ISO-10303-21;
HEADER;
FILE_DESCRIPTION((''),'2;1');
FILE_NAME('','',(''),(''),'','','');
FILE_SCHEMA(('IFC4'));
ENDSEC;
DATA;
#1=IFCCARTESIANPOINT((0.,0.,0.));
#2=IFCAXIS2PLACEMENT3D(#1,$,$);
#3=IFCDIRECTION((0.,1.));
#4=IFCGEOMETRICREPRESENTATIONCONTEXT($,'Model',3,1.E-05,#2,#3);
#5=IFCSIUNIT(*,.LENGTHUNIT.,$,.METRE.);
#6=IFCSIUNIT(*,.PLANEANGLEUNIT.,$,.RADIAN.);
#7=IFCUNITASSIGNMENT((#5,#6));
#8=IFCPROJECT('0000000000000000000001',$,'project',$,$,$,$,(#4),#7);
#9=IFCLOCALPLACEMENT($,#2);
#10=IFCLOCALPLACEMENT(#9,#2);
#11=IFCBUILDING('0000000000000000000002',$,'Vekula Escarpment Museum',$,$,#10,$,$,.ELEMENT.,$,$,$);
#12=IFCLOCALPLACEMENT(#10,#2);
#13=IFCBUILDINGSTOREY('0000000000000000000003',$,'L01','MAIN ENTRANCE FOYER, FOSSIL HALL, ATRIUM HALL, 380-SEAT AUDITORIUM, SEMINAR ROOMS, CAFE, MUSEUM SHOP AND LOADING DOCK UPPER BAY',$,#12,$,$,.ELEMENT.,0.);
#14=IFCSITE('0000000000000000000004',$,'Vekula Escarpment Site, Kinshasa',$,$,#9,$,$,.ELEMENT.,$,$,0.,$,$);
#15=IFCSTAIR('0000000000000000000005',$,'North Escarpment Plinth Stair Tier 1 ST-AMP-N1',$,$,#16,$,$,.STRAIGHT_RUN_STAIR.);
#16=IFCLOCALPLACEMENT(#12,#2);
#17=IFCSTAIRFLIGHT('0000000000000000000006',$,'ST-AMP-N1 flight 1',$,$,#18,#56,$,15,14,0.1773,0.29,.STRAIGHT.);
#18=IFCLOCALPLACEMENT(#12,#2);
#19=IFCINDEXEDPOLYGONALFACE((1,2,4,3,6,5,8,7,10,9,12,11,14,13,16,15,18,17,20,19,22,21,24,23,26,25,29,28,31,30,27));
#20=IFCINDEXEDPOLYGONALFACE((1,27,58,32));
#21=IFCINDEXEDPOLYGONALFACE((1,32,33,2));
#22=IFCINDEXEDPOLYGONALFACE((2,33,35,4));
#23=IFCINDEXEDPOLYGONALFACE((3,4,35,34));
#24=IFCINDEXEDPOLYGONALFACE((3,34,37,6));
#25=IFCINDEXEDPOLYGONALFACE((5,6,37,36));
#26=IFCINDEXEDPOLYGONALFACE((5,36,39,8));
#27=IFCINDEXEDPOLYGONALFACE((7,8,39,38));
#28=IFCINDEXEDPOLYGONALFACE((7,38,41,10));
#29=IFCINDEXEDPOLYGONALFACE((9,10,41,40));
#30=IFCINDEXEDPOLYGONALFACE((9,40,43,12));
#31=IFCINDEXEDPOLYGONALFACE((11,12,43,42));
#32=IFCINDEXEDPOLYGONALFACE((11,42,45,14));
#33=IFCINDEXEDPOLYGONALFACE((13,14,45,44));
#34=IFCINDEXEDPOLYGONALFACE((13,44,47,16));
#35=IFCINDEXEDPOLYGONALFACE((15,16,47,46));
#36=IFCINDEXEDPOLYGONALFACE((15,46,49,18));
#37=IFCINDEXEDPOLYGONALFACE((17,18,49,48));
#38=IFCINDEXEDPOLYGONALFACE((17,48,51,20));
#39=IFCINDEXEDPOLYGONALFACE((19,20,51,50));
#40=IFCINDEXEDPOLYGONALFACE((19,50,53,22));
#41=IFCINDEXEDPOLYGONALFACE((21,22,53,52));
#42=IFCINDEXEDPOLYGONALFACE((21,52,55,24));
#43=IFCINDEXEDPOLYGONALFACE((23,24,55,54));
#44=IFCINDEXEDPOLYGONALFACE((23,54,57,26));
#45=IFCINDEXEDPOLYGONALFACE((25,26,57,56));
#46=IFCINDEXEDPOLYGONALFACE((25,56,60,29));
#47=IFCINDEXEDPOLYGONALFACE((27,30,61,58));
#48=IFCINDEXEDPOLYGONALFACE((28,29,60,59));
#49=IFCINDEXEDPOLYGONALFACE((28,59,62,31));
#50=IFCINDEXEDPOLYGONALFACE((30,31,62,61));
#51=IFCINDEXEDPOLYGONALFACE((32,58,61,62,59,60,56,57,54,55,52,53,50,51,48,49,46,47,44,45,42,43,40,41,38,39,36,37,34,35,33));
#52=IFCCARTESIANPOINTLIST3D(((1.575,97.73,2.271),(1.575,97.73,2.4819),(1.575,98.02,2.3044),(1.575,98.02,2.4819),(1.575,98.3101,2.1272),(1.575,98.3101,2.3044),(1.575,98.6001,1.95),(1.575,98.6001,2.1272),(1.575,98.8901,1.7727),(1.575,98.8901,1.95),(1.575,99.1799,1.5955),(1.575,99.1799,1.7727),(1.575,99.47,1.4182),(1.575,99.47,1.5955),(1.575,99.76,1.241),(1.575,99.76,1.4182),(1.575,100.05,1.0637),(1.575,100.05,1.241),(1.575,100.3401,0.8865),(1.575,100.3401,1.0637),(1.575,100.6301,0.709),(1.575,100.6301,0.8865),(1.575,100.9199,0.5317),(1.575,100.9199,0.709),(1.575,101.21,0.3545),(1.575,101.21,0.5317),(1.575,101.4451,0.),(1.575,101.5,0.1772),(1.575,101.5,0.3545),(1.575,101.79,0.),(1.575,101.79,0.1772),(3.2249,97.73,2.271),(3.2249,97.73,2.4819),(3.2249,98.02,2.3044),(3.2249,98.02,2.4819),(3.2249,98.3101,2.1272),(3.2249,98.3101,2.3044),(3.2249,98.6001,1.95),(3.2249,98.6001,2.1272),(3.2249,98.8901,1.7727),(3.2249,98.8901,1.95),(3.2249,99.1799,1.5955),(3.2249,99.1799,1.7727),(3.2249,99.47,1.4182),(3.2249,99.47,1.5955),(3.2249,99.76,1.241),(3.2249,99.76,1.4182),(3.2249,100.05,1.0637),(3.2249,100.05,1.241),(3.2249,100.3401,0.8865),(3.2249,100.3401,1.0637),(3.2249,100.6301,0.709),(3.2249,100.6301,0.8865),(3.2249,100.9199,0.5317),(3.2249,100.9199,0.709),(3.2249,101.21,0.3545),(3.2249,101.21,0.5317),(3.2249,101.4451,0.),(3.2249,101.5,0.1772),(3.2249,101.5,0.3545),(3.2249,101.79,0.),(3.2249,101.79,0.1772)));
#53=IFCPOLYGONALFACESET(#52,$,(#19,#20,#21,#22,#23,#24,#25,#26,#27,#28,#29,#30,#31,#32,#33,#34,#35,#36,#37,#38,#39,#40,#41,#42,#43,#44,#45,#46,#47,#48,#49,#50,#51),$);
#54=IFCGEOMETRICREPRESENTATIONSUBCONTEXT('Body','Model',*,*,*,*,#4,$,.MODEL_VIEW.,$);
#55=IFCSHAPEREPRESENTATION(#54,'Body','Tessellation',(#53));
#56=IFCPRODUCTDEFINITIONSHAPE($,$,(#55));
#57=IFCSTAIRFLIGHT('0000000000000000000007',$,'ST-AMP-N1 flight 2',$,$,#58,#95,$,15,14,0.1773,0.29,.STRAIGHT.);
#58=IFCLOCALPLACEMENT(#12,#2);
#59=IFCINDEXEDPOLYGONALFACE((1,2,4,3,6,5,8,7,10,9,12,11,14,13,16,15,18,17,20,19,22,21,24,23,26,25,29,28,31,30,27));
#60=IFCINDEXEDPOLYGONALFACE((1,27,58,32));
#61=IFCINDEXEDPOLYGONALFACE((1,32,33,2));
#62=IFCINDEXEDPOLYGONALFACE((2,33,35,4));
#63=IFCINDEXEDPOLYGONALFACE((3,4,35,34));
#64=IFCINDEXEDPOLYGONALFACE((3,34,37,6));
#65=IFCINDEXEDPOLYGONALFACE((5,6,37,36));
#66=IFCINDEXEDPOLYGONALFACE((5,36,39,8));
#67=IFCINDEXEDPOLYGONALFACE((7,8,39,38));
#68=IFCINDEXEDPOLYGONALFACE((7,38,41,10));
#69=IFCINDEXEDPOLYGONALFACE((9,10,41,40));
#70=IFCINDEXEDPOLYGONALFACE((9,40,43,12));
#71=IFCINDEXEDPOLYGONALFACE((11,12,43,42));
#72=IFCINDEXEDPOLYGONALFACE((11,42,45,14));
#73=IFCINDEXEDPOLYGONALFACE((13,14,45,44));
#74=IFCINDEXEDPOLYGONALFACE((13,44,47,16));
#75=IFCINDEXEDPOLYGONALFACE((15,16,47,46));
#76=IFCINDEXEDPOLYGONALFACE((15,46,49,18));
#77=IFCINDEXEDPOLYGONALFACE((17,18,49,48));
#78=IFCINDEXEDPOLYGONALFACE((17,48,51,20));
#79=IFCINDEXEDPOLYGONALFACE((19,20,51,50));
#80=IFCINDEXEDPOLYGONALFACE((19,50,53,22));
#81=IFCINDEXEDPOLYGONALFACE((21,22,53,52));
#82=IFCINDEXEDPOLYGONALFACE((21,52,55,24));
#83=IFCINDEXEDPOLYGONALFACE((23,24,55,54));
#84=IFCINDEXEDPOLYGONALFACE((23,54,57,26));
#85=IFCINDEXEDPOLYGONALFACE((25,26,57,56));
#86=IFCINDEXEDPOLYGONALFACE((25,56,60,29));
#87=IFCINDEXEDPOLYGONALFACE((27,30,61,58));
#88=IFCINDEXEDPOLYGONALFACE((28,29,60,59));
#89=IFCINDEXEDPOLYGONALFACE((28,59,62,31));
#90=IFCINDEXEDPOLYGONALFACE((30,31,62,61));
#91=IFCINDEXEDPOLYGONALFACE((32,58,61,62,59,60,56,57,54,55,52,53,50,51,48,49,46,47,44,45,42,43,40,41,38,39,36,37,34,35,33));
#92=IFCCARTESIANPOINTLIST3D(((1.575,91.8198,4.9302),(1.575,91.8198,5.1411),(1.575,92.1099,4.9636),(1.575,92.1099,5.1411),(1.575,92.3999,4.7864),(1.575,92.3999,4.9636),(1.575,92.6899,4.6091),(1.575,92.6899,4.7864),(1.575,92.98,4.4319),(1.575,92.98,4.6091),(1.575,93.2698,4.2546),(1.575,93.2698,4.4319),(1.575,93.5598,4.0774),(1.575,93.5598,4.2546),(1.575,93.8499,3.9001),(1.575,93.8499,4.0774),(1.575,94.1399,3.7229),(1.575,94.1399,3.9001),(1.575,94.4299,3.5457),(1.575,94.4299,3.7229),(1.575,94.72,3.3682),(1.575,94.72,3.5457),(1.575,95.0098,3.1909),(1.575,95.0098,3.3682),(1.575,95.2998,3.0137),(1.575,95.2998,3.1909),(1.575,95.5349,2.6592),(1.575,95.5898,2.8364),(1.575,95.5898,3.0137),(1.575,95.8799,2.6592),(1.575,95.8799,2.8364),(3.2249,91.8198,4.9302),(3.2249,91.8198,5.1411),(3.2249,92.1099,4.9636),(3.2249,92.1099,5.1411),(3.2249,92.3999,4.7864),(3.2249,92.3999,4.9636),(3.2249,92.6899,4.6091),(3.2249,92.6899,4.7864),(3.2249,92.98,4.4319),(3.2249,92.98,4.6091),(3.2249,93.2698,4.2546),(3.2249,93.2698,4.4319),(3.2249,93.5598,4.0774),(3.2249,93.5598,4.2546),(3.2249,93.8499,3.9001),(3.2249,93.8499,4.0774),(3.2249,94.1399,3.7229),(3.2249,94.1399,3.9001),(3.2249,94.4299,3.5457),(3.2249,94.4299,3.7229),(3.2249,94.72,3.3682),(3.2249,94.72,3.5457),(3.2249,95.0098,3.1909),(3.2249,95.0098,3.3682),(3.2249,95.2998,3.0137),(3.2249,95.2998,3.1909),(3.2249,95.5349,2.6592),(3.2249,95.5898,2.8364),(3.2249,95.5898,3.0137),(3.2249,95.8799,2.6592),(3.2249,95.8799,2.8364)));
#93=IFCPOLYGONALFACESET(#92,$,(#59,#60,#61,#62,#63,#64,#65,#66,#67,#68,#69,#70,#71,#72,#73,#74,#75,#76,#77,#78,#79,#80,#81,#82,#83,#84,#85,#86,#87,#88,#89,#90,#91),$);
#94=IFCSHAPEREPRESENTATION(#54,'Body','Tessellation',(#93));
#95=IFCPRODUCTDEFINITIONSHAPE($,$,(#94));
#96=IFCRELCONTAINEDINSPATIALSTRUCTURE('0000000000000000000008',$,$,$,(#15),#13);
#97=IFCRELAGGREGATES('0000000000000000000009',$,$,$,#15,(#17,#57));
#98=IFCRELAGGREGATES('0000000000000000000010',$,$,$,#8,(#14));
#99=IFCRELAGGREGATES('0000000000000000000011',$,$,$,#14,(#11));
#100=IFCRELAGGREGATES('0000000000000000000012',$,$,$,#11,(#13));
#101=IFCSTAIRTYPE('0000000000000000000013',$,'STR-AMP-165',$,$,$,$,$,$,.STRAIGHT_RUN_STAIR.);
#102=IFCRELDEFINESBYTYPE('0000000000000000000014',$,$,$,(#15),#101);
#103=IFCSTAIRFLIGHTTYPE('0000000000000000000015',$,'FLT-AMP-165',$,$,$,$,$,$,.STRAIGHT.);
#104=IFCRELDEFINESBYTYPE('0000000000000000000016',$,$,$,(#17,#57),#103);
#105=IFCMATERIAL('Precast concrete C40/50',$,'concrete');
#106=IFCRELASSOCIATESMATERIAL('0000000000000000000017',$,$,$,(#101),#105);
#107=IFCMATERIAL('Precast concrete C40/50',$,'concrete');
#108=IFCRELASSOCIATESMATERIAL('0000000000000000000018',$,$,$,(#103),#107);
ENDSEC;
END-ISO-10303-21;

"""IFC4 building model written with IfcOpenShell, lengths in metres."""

from ifc_helpers import new_model, si_unit, direction, frame, origin, place, context, subcontext, project, spatial, polyline, outline, extrude, material, type_object, element, aggregate, save


model = new_model("IFC4")

# Units and contexts
model_context = context("Model", 3, precision=1e-05, world=origin(), true_north=direction((0.0, 1.0)))
body_context = subcontext(model_context, "Body", "Model", "MODEL_VIEW")
ifc_project = project(units=[si_unit("LENGTHUNIT", "METRE"), si_unit("PLANEANGLEUNIT", "RADIAN")], contexts=[model_context])

# Site, building, storey
site_placement = place(None, origin())
site = spatial("IfcSite", under=ifc_project, at=site_placement, Name="Vekula Escarpment Site, Kinshasa", CompositionType="ELEMENT", RefElevation=0.0)
building_placement = place(site_placement, origin())
building = spatial("IfcBuilding", under=site, at=building_placement, Name="Vekula Escarpment Museum", CompositionType="ELEMENT")
storey_placement = place(building_placement, origin())
storey = spatial("IfcBuildingStorey", under=building, at=storey_placement, Name="L01", Description="MAIN ENTRANCE FOYER, FOSSIL HALL, ATRIUM HALL, 380-SEAT AUDITORIUM, SEMINAR ROOMS, CAFE, MUSEUM SHOP AND LOADING DOCK UPPER BAY", CompositionType="ELEMENT", Elevation=0.0)

# Stair, stair flights
ifc_material_1 = material(Name="Precast concrete C40/50", Category="concrete")
stair_type = type_object("IfcStairType", Name="STR-AMP-165", PredefinedType="STRAIGHT_RUN_STAIR", material=ifc_material_1)
stair_placement = place(storey_placement, origin())
stair = element("IfcStair", 1, at=stair_placement, inside=storey, type_object=stair_type, Name="North Escarpment Plinth Stair Tier 1 ST-AMP-N1", PredefinedType="STRAIGHT_RUN_STAIR")
ifc_material_2 = material(Name="Precast concrete C40/50", Category="concrete")
stair_flight_type = type_object("IfcStairFlightType", Name="FLT-AMP-165", PredefinedType="STRAIGHT", material=ifc_material_2)
stair_flight_1_placement = place(storey_placement, frame((2.3999, 101.79, 0.0), z_axis=(0.0, 0.0, 1.0), x_axis=(0.0, -1.0, 0.0)))
stair_flight_1 = element("IfcStairFlight", 2, at=stair_flight_1_placement, type_object=stair_flight_type, Name="ST-AMP-N1 flight 1", NumberOfRisers=15, NumberOfTreads=14, PredefinedType="STRAIGHT", RiserHeight=0.1773, TreadLength=0.29, context=body_context, shape_type="SweptSolid", body=[
    extrude(outline(polyline([(0.0, 0.0), (0.0, 0.1772), (0.29, 0.1772), (0.29, 0.3545), (0.5801, 0.3545), (0.5801, 0.5317), (0.8701, 0.5317), (0.8701, 0.709), (1.1599, 0.709), (1.1599, 0.8865), (1.45, 0.8865), (1.45, 1.0637), (1.74, 1.0637), (1.74, 1.241), (2.03, 1.241), (2.03, 1.4182), (2.3201, 1.4182), (2.3201, 1.5955), (2.6101, 1.5955), (2.6101, 1.7727), (2.8999, 1.7727), (2.8999, 1.95), (3.1899, 1.95), (3.1899, 2.1272), (3.48, 2.1272), (3.48, 2.3044), (3.77, 2.3044), (3.77, 2.4819), (4.0601, 2.4819), (4.0601, 2.6592), (4.0601, 2.271), (0.345, 0.0), (0.0, 0.0)])), frame((0.0, 0.825, 0.0), z_axis=(0.0, -1.0, 0.0), x_axis=(1.0, 0.0, 0.0)), (0.0, 0.0, 1.0), 1.6499),
])
stair_flight_2_placement = place(storey_placement, frame((2.3999, 95.8799, 2.6592), z_axis=(0.0, 0.0, 1.0), x_axis=(0.0, -1.0, 0.0)))
stair_flight_2 = element("IfcStairFlight", 3, at=stair_flight_2_placement, type_object=stair_flight_type, Name="ST-AMP-N1 flight 2", NumberOfRisers=15, NumberOfTreads=14, PredefinedType="STRAIGHT", RiserHeight=0.1773, TreadLength=0.29, context=body_context, shape_type="SweptSolid", body=[
    extrude(outline(polyline([(0.0, 0.0), (0.0, 0.1772), (0.29, 0.1772), (0.29, 0.3545), (0.5801, 0.3545), (0.5801, 0.5317), (0.8701, 0.5317), (0.8701, 0.709), (1.1599, 0.709), (1.1599, 0.8865), (1.45, 0.8865), (1.45, 1.0637), (1.74, 1.0637), (1.74, 1.241), (2.03, 1.241), (2.03, 1.4182), (2.3201, 1.4182), (2.3201, 1.5955), (2.6101, 1.5955), (2.6101, 1.7727), (2.8999, 1.7727), (2.8999, 1.95), (3.1899, 1.95), (3.1899, 2.1272), (3.48, 2.1272), (3.48, 2.3044), (3.77, 2.3044), (3.77, 2.4819), (4.0601, 2.4819), (4.0601, 2.6592), (4.0601, 2.271), (0.345, 0.0), (0.0, 0.0)])), frame((0.0, 0.825, 0.0), z_axis=(0.0, -1.0, 0.0), x_axis=(1.0, 0.0, 0.0)), (0.0, 0.0, 1.0), 1.6499),
])
aggregate(stair, [stair_flight_1, stair_flight_2])

save(model, "model.ifc")
